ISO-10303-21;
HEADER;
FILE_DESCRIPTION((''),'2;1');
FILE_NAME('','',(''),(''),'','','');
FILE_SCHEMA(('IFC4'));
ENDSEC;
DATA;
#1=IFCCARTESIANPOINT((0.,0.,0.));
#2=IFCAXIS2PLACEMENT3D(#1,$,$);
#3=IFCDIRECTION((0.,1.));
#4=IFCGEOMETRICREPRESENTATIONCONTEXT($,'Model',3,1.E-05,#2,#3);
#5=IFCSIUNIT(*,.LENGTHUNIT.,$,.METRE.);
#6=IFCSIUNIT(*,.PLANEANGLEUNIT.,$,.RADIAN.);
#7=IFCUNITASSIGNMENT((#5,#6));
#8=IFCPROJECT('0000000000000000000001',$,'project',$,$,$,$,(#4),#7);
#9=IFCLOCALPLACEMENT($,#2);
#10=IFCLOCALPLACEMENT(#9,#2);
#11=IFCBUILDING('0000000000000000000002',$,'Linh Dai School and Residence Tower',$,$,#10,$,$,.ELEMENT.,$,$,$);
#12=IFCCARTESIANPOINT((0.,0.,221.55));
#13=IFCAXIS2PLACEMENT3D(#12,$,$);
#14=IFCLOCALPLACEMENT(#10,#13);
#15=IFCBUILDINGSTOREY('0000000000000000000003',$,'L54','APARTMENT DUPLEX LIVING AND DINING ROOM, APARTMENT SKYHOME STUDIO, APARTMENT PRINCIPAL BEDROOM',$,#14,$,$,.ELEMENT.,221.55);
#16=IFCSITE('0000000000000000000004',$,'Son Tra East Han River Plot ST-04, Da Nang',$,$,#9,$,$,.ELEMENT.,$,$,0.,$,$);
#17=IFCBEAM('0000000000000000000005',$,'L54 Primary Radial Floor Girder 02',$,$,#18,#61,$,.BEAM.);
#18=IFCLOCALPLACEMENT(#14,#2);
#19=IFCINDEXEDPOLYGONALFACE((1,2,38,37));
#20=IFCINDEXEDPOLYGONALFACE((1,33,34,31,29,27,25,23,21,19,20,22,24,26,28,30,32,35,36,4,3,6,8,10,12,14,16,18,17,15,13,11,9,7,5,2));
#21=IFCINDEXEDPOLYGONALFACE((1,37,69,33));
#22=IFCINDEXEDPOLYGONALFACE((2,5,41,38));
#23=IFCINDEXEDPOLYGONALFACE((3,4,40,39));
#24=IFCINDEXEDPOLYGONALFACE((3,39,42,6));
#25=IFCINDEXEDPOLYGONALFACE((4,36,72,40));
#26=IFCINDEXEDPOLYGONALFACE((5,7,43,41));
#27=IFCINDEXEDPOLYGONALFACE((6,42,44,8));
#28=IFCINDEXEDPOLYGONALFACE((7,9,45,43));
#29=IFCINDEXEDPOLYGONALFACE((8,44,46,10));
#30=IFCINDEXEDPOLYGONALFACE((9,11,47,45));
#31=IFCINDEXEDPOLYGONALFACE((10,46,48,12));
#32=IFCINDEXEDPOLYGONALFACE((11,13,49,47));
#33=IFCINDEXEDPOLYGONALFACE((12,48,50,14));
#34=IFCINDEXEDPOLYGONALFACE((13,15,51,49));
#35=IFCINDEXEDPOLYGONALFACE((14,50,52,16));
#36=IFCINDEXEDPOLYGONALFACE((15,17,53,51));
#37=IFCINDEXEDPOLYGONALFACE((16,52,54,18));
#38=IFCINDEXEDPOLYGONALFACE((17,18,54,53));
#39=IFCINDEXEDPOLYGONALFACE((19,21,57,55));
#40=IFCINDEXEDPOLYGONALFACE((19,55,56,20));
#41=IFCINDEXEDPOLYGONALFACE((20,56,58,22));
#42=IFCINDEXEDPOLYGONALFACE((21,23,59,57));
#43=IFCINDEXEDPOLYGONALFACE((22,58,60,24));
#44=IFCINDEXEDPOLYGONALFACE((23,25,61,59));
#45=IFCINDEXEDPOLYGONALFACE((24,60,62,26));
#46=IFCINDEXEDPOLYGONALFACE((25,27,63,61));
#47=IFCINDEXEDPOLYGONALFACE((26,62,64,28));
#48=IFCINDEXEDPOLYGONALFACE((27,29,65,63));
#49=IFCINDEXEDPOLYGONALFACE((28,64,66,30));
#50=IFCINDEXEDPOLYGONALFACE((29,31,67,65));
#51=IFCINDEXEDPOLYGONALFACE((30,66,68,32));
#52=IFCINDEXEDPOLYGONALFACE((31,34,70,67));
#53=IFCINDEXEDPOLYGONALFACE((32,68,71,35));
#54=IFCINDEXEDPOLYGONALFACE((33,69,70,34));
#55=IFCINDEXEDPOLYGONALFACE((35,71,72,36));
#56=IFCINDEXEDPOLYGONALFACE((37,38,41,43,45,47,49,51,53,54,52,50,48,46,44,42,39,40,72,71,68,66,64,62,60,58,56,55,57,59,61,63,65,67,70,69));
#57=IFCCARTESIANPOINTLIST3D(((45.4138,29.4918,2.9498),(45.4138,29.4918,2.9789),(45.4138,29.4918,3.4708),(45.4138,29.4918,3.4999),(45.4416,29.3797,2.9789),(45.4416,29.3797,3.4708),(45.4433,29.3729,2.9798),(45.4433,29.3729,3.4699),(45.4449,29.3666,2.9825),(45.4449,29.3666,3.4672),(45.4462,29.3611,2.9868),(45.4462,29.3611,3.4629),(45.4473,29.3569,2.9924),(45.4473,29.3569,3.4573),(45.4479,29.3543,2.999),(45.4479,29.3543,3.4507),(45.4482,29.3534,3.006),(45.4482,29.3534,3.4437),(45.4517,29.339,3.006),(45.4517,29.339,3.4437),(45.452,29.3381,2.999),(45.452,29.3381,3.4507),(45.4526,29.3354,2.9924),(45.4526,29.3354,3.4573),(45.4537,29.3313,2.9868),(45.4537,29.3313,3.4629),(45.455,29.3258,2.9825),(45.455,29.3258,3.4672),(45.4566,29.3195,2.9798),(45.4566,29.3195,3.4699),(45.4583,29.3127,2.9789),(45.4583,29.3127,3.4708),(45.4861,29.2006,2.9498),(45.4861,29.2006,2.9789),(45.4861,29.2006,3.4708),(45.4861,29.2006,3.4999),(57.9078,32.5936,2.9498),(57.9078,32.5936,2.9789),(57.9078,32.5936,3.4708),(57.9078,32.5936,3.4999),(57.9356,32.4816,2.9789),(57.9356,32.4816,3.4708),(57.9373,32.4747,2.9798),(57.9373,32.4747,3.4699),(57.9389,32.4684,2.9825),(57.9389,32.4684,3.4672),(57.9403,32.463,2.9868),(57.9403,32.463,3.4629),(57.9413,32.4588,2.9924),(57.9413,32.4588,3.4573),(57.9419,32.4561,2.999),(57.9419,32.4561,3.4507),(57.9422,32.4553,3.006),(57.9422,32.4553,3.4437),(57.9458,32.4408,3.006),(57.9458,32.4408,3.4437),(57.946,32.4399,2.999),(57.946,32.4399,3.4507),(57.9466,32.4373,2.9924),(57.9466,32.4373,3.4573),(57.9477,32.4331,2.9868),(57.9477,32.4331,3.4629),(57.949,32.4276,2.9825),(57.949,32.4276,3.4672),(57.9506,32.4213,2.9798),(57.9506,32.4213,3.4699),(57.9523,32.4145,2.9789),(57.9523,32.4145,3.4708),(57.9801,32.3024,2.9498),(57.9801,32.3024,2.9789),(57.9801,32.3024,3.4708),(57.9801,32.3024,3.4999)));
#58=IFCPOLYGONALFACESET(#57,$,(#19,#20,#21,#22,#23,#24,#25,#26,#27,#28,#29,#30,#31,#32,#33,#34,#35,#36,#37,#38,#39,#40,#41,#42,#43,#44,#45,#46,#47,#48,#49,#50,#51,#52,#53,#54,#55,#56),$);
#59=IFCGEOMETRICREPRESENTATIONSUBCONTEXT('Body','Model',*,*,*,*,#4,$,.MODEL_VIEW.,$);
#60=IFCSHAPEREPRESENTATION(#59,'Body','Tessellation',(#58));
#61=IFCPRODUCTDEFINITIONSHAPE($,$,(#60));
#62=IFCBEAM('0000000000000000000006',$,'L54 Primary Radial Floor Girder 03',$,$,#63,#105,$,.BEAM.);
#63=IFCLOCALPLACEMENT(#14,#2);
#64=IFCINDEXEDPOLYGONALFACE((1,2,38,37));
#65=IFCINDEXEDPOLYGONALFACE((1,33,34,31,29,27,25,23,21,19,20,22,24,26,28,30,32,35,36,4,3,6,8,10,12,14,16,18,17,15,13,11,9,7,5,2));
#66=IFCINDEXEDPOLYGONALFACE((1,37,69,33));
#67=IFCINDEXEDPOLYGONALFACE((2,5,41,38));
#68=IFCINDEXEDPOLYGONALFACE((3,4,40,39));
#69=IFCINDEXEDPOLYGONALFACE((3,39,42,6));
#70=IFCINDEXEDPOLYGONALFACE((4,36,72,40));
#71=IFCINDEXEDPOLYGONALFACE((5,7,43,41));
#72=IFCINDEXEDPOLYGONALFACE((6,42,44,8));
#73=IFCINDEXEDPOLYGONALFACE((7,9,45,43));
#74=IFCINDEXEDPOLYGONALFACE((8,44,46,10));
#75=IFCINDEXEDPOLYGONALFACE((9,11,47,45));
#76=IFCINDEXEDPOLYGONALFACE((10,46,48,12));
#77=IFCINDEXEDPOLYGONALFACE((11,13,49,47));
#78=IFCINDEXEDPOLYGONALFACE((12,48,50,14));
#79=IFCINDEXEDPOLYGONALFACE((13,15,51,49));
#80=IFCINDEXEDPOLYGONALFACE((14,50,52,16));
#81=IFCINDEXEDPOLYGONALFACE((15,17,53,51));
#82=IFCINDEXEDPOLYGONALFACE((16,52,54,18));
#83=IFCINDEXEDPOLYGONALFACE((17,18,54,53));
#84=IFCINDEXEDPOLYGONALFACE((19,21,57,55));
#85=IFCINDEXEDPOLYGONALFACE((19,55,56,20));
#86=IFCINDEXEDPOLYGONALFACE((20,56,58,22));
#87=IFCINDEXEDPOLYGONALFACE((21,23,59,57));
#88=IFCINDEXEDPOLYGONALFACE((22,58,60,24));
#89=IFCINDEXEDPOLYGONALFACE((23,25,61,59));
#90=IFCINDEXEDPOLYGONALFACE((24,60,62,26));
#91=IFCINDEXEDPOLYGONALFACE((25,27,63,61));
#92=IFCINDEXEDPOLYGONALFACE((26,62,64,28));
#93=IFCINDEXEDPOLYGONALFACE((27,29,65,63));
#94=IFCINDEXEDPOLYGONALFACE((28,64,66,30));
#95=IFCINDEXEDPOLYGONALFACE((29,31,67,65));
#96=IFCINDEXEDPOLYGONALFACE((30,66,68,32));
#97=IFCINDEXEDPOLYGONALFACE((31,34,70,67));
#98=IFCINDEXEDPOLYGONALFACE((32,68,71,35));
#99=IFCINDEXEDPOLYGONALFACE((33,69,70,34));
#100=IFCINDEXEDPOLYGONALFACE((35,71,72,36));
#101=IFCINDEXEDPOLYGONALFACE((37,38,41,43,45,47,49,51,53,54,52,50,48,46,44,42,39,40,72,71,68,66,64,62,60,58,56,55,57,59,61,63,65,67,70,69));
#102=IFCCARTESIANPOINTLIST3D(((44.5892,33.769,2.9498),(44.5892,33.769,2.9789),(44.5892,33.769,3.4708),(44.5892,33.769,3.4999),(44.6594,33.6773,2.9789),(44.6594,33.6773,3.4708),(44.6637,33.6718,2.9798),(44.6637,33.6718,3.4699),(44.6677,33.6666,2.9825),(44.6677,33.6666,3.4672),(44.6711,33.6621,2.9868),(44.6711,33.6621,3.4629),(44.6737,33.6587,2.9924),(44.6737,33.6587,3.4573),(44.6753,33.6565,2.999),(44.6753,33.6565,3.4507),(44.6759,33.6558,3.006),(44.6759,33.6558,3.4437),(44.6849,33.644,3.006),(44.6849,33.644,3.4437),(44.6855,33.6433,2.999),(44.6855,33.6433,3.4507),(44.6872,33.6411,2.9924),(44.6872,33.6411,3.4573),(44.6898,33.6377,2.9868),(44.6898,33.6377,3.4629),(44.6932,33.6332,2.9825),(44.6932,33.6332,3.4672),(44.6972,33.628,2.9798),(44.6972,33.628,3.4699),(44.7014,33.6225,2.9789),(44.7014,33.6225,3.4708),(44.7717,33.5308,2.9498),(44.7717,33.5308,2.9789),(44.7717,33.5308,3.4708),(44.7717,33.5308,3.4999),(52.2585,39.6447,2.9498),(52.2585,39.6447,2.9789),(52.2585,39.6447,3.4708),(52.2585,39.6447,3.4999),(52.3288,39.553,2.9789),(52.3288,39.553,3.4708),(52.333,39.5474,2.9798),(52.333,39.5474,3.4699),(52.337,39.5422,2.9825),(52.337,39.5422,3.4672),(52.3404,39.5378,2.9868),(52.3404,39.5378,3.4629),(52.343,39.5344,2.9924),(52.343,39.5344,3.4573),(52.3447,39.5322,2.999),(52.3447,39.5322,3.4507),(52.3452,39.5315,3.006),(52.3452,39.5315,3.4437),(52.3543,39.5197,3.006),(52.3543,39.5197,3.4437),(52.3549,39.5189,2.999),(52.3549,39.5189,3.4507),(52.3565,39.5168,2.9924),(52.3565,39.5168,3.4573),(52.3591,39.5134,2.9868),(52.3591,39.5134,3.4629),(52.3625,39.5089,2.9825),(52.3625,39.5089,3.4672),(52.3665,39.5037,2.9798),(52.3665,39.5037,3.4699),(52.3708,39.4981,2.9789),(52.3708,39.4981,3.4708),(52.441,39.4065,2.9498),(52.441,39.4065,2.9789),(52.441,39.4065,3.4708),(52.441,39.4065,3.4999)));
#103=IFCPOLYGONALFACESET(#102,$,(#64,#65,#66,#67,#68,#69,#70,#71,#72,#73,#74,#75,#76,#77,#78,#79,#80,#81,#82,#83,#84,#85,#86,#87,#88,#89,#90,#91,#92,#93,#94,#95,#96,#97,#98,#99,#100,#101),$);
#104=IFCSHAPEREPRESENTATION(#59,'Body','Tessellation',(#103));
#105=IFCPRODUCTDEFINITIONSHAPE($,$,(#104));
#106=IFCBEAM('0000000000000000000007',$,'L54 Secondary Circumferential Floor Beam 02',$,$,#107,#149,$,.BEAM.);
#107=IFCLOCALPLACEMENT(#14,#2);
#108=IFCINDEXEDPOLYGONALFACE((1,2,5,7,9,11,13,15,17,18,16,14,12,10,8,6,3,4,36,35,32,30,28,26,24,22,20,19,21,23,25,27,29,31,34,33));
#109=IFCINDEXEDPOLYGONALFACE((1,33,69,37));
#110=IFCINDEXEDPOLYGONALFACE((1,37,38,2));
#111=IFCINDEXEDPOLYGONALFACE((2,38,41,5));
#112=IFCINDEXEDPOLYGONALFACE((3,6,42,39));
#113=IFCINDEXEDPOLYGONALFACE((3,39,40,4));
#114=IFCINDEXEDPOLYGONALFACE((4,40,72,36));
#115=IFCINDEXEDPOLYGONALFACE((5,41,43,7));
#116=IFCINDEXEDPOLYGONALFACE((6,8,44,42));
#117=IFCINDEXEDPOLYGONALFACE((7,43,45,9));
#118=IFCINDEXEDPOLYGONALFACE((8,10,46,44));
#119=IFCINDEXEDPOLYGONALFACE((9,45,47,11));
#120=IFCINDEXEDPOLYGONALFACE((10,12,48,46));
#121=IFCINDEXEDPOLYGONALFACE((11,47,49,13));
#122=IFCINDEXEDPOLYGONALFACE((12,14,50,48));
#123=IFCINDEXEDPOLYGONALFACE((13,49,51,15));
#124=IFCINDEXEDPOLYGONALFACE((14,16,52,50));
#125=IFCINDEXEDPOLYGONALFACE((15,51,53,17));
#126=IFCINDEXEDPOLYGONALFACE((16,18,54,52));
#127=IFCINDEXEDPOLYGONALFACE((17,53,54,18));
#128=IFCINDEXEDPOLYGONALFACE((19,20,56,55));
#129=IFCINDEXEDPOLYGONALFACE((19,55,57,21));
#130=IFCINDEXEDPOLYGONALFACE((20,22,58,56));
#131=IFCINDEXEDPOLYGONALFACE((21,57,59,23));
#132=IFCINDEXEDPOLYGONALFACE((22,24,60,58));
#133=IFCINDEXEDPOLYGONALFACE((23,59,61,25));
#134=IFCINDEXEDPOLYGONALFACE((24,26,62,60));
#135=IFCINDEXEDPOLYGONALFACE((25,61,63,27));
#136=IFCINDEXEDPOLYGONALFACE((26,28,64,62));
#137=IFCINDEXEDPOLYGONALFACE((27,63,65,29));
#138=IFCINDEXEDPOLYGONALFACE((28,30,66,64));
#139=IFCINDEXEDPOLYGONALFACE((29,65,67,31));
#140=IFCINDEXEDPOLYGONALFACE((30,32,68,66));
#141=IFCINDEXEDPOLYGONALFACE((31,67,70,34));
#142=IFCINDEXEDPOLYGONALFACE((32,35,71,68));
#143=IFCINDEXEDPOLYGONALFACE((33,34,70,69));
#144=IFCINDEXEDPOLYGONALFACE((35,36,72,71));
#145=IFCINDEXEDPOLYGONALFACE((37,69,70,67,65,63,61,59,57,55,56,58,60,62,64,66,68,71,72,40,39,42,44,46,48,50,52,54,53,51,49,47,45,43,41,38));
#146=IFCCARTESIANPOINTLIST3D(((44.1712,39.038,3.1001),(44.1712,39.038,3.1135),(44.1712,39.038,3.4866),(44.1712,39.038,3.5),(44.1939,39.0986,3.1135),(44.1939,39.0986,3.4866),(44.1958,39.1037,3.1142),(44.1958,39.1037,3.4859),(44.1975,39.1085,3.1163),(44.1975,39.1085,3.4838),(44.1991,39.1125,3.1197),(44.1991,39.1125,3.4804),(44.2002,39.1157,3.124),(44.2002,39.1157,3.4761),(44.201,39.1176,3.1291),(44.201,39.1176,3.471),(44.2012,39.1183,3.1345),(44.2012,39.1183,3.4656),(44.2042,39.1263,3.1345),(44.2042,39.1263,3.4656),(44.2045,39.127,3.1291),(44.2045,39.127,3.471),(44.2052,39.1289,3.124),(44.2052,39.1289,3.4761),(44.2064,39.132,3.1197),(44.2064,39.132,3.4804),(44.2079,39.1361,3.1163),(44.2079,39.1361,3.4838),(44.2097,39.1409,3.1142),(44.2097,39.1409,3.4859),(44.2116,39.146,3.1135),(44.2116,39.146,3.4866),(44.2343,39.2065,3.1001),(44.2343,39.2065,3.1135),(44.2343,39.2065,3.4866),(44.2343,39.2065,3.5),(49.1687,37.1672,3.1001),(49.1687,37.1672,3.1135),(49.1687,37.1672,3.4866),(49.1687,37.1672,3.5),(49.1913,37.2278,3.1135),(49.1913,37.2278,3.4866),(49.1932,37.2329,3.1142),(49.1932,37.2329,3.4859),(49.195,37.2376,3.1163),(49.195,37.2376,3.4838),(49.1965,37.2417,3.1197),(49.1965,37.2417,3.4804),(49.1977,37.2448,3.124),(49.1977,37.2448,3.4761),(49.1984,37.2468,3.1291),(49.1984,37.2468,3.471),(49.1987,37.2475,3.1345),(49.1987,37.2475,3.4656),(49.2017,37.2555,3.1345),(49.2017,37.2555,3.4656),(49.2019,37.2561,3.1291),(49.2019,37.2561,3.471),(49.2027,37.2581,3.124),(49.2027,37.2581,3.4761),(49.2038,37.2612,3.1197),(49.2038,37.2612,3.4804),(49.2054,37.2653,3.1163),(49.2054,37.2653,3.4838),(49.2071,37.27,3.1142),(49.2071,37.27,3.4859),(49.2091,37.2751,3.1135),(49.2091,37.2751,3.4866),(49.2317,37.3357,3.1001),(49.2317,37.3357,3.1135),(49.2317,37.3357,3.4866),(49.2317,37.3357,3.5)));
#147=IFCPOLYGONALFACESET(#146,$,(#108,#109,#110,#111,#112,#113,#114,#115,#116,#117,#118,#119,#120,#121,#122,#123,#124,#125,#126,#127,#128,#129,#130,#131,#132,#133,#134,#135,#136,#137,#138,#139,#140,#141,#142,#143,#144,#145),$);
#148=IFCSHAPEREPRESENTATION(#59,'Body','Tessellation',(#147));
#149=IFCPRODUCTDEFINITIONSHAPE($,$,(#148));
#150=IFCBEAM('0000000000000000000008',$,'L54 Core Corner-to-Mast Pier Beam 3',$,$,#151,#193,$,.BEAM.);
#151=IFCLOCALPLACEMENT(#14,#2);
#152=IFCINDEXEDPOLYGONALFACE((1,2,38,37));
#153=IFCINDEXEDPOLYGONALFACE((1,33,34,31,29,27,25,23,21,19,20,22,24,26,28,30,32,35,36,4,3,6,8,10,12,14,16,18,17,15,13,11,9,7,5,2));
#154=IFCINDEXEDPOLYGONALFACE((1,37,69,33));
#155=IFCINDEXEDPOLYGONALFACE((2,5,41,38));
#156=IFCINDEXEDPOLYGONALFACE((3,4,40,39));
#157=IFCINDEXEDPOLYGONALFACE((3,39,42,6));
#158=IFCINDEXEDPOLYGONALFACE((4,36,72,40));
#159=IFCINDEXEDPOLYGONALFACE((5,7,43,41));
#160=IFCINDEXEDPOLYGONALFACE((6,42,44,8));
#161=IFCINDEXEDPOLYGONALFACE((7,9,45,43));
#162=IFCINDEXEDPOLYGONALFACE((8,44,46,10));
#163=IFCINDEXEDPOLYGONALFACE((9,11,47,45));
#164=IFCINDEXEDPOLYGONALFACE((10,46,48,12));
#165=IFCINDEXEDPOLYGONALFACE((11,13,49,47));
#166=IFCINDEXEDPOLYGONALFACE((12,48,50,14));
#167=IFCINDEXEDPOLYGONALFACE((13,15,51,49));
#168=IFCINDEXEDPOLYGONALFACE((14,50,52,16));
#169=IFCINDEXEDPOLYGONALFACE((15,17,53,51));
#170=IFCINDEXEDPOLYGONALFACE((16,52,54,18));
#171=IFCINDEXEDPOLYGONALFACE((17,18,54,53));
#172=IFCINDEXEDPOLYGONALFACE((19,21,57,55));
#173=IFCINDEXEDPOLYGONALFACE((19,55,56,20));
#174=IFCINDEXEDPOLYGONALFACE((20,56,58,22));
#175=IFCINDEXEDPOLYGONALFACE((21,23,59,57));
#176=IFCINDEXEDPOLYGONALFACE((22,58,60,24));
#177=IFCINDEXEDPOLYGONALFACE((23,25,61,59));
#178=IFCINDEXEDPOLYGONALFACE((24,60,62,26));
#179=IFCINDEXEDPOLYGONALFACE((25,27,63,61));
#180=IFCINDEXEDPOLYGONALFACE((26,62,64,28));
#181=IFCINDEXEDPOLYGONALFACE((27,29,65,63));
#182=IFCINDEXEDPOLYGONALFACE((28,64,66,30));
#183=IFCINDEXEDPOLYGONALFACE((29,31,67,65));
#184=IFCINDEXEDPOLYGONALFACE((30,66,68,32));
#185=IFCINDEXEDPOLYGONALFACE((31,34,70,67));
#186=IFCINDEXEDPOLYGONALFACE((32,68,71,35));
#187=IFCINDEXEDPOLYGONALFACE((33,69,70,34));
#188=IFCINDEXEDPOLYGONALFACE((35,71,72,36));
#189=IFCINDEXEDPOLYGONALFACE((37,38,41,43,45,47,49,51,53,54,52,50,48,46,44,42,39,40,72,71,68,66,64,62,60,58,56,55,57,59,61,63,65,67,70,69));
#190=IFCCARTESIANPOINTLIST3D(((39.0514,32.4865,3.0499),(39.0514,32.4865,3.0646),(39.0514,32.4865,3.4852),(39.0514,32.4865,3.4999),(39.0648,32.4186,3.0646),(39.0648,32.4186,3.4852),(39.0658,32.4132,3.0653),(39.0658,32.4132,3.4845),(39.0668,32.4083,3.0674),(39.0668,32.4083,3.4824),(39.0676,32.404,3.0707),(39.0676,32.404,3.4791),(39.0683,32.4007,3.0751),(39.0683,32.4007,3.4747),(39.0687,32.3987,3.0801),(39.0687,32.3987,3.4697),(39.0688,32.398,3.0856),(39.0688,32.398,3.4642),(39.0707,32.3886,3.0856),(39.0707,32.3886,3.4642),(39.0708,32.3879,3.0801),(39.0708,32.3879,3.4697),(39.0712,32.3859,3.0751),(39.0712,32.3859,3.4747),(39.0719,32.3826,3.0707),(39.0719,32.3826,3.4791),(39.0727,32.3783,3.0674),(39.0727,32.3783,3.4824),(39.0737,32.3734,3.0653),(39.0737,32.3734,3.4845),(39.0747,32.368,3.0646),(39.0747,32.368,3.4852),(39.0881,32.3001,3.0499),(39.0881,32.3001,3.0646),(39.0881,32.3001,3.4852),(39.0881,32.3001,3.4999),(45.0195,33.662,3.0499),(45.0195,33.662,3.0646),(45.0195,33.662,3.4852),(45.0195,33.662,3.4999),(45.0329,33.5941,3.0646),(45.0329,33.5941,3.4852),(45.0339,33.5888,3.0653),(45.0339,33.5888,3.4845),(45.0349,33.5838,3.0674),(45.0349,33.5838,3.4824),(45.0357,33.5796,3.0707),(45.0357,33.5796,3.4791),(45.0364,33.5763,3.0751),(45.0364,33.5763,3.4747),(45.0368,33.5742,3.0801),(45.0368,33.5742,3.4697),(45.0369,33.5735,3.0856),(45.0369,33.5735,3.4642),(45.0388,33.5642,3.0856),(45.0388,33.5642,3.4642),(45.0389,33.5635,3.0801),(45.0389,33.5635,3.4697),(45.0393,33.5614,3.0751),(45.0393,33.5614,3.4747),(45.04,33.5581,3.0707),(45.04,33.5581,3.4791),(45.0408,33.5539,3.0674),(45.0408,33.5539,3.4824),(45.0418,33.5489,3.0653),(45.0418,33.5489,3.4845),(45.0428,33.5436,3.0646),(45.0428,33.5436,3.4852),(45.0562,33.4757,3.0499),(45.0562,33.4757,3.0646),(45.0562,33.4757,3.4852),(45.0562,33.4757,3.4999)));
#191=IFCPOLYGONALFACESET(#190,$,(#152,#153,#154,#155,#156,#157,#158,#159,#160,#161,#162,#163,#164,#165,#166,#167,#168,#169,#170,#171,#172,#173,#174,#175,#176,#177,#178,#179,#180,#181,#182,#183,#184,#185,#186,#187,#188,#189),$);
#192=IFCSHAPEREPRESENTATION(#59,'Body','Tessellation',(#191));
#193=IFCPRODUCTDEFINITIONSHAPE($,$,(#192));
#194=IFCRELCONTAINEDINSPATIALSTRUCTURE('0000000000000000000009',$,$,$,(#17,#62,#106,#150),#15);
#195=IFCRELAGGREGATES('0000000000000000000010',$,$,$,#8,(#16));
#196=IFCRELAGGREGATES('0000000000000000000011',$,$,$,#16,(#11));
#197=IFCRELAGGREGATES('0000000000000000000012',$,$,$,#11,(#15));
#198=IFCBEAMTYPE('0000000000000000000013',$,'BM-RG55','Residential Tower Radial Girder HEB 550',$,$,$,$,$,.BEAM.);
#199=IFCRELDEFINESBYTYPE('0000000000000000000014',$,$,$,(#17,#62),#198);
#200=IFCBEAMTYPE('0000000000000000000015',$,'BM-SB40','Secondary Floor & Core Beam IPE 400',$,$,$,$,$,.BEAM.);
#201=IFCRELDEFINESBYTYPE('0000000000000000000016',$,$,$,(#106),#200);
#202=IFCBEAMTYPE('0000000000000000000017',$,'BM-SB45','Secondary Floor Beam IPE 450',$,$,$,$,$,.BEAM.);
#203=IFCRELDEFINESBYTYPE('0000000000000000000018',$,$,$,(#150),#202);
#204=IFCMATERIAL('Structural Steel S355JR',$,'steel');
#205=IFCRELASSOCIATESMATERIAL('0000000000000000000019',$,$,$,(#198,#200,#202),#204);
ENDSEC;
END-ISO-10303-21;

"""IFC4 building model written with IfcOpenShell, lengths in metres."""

from ifc_helpers import new_model, si_unit, direction, frame, origin, origin_2d, place, context, subcontext, project, spatial, i_section, extrude, material, material_profile, profile_set, type_object, element, save


model = new_model("IFC4")

# Units and contexts
model_context = context("Model", 3, precision=1e-05, world=origin(), true_north=direction((0.0, 1.0)))
body_context = subcontext(model_context, "Body", "Model", "MODEL_VIEW")
ifc_project = project(units=[si_unit("LENGTHUNIT", "METRE"), si_unit("PLANEANGLEUNIT", "RADIAN")], contexts=[model_context])

# Site, building, storey
site_placement = place(None, origin())
site = spatial("IfcSite", under=ifc_project, at=site_placement, Name="Son Tra East Han River Plot ST-04, Da Nang", CompositionType="ELEMENT", RefElevation=0.0)
building_placement = place(site_placement, origin())
building = spatial("IfcBuilding", under=site, at=building_placement, Name="Linh Dai School and Residence Tower", CompositionType="ELEMENT")
storey_placement = place(building_placement, frame((0.0, 0.0, 221.55)))
storey = spatial("IfcBuildingStorey", under=building, at=storey_placement, Name="L54", Description="APARTMENT DUPLEX LIVING AND DINING ROOM, APARTMENT SKYHOME STUDIO, APARTMENT PRINCIPAL BEDROOM", CompositionType="ELEMENT", Elevation=221.55)

# Shared definitions
ifc_material_1 = material(Name="Structural Steel S355JR", Category="steel")

# Beams
ifc_material_profile_1 = material_profile(ifc_material_1, i_section(OverallWidth=0.3, OverallDepth=0.55, WebThickness=0.0149, FlangeThickness=0.0291, FilletRadius=0.0271, at=origin_2d()), Name="HEB 550")
ifc_profile_set_1 = profile_set([ifc_material_profile_1], Name="Structural Steel S355JR")
beam_type_1 = type_object("IfcBeamType", Name="BM-RG55", Description="Residential Tower Radial Girder HEB 550", PredefinedType="BEAM", material=ifc_profile_set_1)
beam_1_placement = place(storey_placement, frame((45.45, 29.3462, 3.2249), z_axis=(0.970537, 0.240951, 0.0), x_axis=(-0.240951, 0.970537, 0.0)))
element("IfcBeam", 1, at=beam_1_placement, inside=storey, type_object=beam_type_1, Name="L54 Primary Radial Floor Girder 02", PredefinedType="BEAM", context=body_context, shape_type="SweptSolid", body=[
    extrude(i_section(OverallWidth=0.3, OverallDepth=0.55, WebThickness=0.0149, FlangeThickness=0.0291, FilletRadius=0.0271, at=origin_2d()), origin(), (0.0, 0.0, 1.0), 12.8733),
])
beam_2_placement = place(storey_placement, frame((44.6804, 33.6499, 3.2249), z_axis=(0.793815, 0.60816, 0.0), x_axis=(-0.60816, 0.793815, 0.0)))
element("IfcBeam", 2, at=beam_2_placement, inside=storey, type_object=beam_type_1, Name="L54 Primary Radial Floor Girder 03", PredefinedType="BEAM", context=body_context, shape_type="SweptSolid", body=[
    extrude(i_section(OverallWidth=0.3, OverallDepth=0.55, WebThickness=0.0149, FlangeThickness=0.0291, FilletRadius=0.0271, at=origin_2d()), origin(), (0.0, 0.0, 1.0), 9.6614),
])
ifc_material_profile_2 = material_profile(ifc_material_1, i_section(OverallWidth=0.1799, OverallDepth=0.3999, WebThickness=0.0085, FlangeThickness=0.0134, FilletRadius=0.021, at=origin_2d()), Name="IPE 400")
ifc_profile_set_2 = profile_set([ifc_material_profile_2], Name="Structural Steel S355JR")
beam_type_2 = type_object("IfcBeamType", Name="BM-SB40", Description="Secondary Floor & Core Beam IPE 400", PredefinedType="BEAM", material=ifc_profile_set_2)
beam_3_placement = place(storey_placement, frame((49.2002, 37.2515, 3.3), z_axis=(-0.936528, 0.350592, 0.0), x_axis=(-0.350592, -0.936528, 0.0)))
element("IfcBeam", 3, at=beam_3_placement, inside=storey, type_object=beam_type_2, Name="L54 Secondary Circumferential Floor Beam 02", PredefinedType="BEAM", context=body_context, shape_type="SweptSolid", body=[
    extrude(i_section(OverallWidth=0.1799, OverallDepth=0.3999, WebThickness=0.0085, FlangeThickness=0.0134, FilletRadius=0.021, at=origin_2d()), origin(), (0.0, 0.0, 1.0), 5.3362),
])
ifc_material_profile_3 = material_profile(ifc_material_1, i_section(OverallWidth=0.1899, OverallDepth=0.45, WebThickness=0.0095, FlangeThickness=0.0146, FilletRadius=0.021, at=origin_2d()), Name="IPE 450")
ifc_profile_set_3 = profile_set([ifc_material_profile_3], Name="Structural Steel S355JR")
beam_type_3 = type_object("IfcBeamType", Name="BM-SB45", Description="Secondary Floor Beam IPE 450", PredefinedType="BEAM", material=ifc_profile_set_3)
beam_4_placement = place(storey_placement, frame((45.0378, 33.5688, 3.2749), z_axis=(-0.981148, -0.193259, 0.0), x_axis=(0.193259, -0.981148, 0.0)))
element("IfcBeam", 4, at=beam_4_placement, inside=storey, type_object=beam_type_3, Name="L54 Core Corner-to-Mast Pier Beam 3", PredefinedType="BEAM", context=body_context, shape_type="SweptSolid", body=[
    extrude(i_section(OverallWidth=0.1899, OverallDepth=0.45, WebThickness=0.0095, FlangeThickness=0.0146, FilletRadius=0.021, at=origin_2d()), origin(), (0.0, 0.0, 1.0), 6.0828),
])

save(model, "model.ifc")
